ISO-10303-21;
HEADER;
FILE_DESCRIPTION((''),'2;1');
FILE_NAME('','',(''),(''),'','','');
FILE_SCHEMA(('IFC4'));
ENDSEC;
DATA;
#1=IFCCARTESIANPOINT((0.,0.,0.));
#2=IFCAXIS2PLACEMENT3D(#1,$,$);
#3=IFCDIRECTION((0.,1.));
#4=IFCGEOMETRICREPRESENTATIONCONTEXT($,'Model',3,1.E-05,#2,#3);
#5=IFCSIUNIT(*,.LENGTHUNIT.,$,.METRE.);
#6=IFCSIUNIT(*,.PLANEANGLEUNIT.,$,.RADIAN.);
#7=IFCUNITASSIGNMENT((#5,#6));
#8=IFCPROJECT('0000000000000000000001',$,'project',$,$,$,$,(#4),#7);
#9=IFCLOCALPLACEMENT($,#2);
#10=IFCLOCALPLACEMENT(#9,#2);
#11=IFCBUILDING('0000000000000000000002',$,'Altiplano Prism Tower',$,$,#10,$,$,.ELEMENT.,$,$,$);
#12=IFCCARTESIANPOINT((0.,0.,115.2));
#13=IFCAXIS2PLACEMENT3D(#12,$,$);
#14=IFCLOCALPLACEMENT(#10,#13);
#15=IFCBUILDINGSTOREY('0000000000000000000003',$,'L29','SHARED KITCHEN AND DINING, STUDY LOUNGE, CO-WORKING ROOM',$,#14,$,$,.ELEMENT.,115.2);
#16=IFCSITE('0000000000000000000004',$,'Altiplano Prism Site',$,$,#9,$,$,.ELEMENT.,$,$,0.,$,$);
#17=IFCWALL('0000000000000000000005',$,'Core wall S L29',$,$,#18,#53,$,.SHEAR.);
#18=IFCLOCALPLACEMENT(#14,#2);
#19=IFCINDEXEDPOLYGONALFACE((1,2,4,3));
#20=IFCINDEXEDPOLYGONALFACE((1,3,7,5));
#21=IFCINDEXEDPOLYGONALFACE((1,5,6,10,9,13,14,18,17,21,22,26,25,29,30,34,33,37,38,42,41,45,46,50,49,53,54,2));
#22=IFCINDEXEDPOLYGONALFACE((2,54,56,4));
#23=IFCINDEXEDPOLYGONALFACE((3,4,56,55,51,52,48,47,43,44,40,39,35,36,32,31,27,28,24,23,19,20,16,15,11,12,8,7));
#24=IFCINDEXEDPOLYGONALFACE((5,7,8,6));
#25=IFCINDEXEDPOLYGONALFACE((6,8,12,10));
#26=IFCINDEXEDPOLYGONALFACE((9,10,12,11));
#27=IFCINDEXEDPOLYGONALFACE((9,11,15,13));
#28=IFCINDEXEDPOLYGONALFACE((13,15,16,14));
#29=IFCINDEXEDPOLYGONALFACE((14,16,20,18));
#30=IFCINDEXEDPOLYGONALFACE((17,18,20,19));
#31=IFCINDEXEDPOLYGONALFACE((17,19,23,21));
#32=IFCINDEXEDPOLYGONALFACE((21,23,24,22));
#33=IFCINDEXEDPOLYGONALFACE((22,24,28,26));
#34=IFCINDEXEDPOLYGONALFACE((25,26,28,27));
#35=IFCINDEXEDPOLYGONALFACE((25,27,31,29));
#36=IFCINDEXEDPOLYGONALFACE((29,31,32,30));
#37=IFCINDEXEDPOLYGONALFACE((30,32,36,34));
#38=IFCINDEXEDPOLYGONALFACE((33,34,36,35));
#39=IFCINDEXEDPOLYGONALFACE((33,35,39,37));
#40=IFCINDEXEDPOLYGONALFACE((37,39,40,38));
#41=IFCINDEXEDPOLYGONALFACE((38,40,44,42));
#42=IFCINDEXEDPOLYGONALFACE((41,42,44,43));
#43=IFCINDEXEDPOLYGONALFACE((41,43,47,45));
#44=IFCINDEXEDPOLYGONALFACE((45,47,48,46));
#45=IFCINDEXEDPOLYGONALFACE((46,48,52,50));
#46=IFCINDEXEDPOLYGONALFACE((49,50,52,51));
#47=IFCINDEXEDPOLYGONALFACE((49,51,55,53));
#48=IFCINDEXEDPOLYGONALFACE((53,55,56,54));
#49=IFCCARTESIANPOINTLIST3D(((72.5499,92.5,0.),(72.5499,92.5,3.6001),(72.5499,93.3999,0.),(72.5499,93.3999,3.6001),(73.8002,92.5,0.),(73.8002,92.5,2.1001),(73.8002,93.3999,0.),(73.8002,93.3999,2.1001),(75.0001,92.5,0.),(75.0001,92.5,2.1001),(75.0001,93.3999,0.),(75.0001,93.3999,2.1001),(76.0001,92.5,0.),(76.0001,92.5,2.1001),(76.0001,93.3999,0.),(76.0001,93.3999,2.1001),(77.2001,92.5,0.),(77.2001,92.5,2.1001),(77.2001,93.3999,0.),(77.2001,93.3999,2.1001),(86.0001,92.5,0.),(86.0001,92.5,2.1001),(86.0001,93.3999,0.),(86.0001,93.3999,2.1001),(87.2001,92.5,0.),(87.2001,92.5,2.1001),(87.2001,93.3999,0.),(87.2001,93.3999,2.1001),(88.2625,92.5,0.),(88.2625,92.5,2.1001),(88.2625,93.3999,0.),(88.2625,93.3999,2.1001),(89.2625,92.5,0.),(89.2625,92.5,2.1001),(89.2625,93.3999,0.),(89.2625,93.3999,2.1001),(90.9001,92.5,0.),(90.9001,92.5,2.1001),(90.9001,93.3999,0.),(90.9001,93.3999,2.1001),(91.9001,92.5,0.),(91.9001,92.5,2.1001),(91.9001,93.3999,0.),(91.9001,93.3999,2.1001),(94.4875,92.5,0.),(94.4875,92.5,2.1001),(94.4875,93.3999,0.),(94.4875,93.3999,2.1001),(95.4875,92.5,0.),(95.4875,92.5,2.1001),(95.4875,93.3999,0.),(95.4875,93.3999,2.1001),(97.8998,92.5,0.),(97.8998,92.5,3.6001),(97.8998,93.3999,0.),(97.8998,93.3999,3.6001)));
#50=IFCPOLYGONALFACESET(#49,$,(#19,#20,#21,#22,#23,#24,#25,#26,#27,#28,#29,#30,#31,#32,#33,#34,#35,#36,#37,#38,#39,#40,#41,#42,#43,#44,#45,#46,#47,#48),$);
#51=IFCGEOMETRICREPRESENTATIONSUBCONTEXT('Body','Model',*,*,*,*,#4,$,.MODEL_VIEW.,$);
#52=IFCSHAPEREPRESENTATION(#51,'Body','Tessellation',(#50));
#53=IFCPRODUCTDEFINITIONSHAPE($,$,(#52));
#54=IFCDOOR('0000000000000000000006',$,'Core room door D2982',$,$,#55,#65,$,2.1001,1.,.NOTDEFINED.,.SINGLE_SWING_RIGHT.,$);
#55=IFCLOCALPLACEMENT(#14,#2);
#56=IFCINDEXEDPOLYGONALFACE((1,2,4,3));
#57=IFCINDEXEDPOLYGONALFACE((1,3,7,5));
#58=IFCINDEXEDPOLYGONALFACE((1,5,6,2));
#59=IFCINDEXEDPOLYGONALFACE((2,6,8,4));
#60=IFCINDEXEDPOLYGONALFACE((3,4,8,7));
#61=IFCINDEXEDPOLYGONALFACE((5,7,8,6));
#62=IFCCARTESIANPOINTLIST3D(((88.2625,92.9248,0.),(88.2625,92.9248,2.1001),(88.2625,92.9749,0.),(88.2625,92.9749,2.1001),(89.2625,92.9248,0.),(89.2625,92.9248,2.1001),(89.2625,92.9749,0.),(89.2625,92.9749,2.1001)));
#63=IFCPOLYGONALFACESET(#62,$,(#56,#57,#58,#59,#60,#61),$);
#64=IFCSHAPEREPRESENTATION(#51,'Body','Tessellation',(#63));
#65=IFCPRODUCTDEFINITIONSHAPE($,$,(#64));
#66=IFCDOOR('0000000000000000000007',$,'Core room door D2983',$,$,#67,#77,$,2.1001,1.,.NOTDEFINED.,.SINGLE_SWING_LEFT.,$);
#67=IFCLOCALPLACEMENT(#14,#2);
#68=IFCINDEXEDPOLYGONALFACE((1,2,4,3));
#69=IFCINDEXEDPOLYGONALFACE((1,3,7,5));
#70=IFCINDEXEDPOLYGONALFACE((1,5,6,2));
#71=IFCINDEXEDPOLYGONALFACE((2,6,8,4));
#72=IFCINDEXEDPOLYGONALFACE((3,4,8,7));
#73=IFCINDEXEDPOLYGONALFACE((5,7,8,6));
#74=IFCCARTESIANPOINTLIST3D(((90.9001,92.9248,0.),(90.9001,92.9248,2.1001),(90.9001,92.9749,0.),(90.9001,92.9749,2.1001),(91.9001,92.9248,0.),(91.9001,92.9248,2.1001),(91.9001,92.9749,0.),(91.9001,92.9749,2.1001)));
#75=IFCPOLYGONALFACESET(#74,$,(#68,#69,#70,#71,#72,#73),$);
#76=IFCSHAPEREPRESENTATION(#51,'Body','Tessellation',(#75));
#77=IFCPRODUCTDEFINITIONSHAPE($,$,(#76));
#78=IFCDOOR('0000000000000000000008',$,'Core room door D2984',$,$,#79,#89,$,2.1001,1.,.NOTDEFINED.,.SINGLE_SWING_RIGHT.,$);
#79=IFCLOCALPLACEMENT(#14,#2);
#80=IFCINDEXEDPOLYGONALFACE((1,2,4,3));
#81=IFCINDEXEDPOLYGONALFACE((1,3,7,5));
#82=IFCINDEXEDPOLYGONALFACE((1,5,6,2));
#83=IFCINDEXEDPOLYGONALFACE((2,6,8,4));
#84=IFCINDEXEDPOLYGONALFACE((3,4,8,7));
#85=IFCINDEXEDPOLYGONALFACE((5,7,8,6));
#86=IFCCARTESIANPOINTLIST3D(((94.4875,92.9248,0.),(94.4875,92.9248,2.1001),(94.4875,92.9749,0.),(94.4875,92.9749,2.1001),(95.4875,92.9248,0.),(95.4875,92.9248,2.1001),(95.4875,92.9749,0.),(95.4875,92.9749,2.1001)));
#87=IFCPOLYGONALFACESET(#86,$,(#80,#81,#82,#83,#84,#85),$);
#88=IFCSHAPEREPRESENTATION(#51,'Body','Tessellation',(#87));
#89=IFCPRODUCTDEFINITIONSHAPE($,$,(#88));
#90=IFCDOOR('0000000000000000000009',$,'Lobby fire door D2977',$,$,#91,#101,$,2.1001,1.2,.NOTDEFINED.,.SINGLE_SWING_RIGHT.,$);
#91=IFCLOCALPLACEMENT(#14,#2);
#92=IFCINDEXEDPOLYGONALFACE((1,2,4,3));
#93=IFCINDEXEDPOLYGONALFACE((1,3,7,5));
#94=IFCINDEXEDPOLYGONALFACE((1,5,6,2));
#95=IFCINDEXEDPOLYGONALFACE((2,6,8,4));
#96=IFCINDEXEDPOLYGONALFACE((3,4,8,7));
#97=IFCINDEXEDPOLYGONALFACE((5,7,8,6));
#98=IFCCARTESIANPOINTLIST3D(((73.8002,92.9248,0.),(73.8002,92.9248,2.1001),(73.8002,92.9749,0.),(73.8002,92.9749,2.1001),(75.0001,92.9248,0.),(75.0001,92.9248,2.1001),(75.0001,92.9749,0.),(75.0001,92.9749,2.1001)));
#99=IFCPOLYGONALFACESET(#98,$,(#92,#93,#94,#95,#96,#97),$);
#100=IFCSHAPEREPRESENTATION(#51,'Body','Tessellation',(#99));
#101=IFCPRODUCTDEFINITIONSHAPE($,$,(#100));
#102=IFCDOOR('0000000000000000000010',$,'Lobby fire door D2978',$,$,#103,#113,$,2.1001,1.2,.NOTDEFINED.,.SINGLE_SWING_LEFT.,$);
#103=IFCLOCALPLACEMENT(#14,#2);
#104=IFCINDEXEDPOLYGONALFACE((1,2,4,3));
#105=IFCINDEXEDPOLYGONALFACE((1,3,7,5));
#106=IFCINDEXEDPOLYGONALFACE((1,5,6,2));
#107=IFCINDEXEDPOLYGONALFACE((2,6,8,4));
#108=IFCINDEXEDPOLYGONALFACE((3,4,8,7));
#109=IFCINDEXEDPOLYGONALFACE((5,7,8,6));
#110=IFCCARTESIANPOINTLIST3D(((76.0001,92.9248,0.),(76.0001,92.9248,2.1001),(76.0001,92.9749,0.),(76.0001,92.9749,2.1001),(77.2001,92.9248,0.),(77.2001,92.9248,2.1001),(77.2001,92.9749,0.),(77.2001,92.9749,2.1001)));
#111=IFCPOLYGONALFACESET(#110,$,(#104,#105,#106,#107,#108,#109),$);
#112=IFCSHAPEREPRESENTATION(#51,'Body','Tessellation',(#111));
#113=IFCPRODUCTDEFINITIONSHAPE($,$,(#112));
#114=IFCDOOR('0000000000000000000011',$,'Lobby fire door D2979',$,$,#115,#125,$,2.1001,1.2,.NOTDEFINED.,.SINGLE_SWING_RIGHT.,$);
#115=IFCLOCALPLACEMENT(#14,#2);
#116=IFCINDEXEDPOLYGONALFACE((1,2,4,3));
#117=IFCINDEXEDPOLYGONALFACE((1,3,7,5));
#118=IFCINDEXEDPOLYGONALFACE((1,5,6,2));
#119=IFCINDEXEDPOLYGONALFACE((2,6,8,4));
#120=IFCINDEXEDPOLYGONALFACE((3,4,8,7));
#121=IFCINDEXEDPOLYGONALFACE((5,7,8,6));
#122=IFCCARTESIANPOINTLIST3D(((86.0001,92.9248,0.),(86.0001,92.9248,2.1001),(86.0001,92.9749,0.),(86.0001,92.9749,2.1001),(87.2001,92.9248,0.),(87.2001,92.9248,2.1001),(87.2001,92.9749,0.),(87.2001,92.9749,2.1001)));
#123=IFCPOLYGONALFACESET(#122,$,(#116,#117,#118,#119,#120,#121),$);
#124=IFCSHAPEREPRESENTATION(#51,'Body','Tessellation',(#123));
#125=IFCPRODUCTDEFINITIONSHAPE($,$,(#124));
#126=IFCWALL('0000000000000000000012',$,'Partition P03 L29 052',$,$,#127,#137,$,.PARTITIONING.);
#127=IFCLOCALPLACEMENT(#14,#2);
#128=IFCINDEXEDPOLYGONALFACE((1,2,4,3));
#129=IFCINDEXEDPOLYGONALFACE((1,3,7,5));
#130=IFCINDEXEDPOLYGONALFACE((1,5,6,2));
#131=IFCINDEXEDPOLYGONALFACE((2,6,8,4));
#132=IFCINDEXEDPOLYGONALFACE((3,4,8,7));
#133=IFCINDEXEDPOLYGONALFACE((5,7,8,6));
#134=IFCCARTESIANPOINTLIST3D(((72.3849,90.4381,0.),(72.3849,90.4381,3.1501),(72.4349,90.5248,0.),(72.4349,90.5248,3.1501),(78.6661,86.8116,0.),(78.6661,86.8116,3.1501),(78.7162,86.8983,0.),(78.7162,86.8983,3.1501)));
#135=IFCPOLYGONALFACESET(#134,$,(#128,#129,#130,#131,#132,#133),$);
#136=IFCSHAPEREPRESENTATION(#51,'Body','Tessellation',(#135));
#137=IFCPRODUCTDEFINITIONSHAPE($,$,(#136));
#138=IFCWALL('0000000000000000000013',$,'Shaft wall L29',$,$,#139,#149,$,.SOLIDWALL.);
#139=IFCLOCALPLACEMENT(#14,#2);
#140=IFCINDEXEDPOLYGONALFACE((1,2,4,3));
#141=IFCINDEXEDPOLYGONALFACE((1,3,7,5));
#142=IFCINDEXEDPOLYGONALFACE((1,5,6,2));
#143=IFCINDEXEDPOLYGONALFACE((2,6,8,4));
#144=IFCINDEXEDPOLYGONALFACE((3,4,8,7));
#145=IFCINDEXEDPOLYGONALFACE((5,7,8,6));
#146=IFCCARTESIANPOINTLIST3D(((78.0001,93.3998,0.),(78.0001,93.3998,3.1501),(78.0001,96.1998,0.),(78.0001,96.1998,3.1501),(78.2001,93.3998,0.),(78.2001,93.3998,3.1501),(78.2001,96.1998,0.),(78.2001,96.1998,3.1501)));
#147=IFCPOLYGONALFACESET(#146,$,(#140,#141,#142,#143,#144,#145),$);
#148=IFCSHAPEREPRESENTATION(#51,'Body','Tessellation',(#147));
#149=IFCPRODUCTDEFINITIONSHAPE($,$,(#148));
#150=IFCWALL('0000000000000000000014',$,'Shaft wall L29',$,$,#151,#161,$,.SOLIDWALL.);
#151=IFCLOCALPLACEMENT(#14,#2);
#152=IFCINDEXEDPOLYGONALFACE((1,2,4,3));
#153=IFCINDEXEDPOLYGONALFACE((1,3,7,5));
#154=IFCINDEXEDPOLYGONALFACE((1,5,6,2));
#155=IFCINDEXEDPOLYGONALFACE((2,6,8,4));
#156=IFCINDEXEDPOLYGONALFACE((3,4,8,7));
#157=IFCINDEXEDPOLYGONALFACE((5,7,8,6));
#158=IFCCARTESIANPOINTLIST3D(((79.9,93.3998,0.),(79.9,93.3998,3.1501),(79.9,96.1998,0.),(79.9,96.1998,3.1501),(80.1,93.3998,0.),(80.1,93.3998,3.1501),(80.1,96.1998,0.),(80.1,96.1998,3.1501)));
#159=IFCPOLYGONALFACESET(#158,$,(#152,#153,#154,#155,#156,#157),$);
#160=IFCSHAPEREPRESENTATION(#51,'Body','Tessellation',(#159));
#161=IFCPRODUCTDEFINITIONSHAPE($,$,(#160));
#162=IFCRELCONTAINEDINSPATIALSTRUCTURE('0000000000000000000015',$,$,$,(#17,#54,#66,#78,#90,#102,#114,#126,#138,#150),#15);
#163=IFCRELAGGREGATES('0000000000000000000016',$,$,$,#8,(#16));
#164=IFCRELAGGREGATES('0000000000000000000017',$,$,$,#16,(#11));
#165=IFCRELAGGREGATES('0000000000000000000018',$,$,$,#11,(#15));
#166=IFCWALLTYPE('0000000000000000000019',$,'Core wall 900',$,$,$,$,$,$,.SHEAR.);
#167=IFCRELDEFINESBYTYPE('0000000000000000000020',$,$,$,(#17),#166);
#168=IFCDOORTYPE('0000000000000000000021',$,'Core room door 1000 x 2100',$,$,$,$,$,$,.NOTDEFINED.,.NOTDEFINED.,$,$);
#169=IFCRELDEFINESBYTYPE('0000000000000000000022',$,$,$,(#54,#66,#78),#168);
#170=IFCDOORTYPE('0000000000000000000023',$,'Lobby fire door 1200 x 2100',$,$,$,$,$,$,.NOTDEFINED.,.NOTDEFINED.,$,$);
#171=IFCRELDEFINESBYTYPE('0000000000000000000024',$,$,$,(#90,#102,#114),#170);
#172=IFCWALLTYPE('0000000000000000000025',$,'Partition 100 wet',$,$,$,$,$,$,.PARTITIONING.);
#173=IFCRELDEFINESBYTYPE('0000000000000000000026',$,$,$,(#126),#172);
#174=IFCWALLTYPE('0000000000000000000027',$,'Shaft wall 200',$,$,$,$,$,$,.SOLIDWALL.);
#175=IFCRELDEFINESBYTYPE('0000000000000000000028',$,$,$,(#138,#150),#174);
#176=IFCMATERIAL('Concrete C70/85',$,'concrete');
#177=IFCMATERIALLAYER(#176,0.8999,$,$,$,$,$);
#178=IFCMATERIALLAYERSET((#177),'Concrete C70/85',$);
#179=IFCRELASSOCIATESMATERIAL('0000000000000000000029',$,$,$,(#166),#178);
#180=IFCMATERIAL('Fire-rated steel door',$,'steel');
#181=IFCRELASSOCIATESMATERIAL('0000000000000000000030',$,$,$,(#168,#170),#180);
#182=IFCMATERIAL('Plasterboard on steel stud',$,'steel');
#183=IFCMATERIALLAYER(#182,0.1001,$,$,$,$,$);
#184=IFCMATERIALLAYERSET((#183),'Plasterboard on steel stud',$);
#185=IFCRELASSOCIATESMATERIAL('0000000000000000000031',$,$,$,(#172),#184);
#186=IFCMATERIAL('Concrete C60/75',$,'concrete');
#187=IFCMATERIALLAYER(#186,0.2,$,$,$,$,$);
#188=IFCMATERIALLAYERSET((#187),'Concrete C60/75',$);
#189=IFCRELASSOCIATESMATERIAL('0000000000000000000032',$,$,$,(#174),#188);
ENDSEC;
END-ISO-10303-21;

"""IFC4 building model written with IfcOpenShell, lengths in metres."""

from ifc_helpers import new_model, si_unit, direction, frame, frame_2d, origin, place, context, subcontext, project, spatial, rectangle, extrude, material, layer, layer_set, type_object, element, fill, save


model = new_model("IFC4")

# Units and contexts
model_context = context("Model", 3, precision=1e-05, world=origin(), true_north=direction((0.0, 1.0)))
body_context = subcontext(model_context, "Body", "Model", "MODEL_VIEW")
ifc_project = project(units=[si_unit("LENGTHUNIT", "METRE"), si_unit("PLANEANGLEUNIT", "RADIAN")], contexts=[model_context])

# Site, building, storey
site_placement = place(None, origin())
site = spatial("IfcSite", under=ifc_project, at=site_placement, Name="Altiplano Prism Site", CompositionType="ELEMENT", RefElevation=0.0)
building_placement = place(site_placement, origin())
building = spatial("IfcBuilding", under=site, at=building_placement, Name="Altiplano Prism Tower", CompositionType="ELEMENT")
storey_placement = place(building_placement, frame((0.0, 0.0, 115.2)))
storey = spatial("IfcBuildingStorey", under=building, at=storey_placement, Name="L29", Description="SHARED KITCHEN AND DINING, STUDY LOUNGE, CO-WORKING ROOM", CompositionType="ELEMENT", Elevation=115.2)

# Wall, openings, doors
ifc_material_1 = material(Name="Concrete C70/85", Category="concrete")
ifc_layer_1 = layer(ifc_material_1, 0.8999)
ifc_layer_set_1 = layer_set([ifc_layer_1], Name="Concrete C70/85")
wall_type_1 = type_object("IfcWallType", Name="Core wall 900", PredefinedType="SHEAR", material=ifc_layer_set_1)
wall_1_placement = place(storey_placement, frame((72.55, 92.95, 0.0), z_axis=(0.0, 0.0, 1.0), x_axis=(1.0, 0.0, 0.0)))
wall_1 = element("IfcWall", 1, at=wall_1_placement, inside=storey, type_object=wall_type_1, Name="Core wall S L29", PredefinedType="SHEAR", context=body_context, shape_type="SweptSolid", body=[
    extrude(rectangle(XDim=25.3499, YDim=0.8999, at=frame_2d((12.6748, 0.0))), origin(), (0.0, 0.0, 1.0), 3.6001),
])
opening_1_placement = place(wall_1_placement, frame((1.25, 0.0, 0.0)))
opening_1 = element("IfcOpeningElement", 2, at=opening_1_placement, cuts=wall_1, PredefinedType="OPENING", context=body_context, shape_type="SweptSolid", body=[
    extrude(rectangle(XDim=1.2, YDim=2.1001, at=frame_2d((0.6001, 1.05))), frame((0.0, 0.4604, 0.0), z_axis=(0.0, -1.0, 0.0), x_axis=(1.0, 0.0, 0.0)), (0.0, 0.0, 1.0), 0.9209),
])
opening_2_placement = place(wall_1_placement, frame((3.45, 0.0, 0.0)))
opening_2 = element("IfcOpeningElement", 3, at=opening_2_placement, cuts=wall_1, PredefinedType="OPENING", context=body_context, shape_type="SweptSolid", body=[
    extrude(rectangle(XDim=1.2, YDim=2.1001, at=frame_2d((0.6001, 1.05))), frame((0.0, 0.4604, 0.0), z_axis=(0.0, -1.0, 0.0), x_axis=(1.0, 0.0, 0.0)), (0.0, 0.0, 1.0), 0.9209),
])
opening_3_placement = place(wall_1_placement, frame((13.45, 0.0, 0.0)))
opening_3 = element("IfcOpeningElement", 4, at=opening_3_placement, cuts=wall_1, PredefinedType="OPENING", context=body_context, shape_type="SweptSolid", body=[
    extrude(rectangle(XDim=1.2, YDim=2.1001, at=frame_2d((0.6001, 1.05))), frame((0.0, 0.4604, 0.0), z_axis=(0.0, -1.0, 0.0), x_axis=(1.0, 0.0, 0.0)), (0.0, 0.0, 1.0), 0.9209),
])
opening_4_placement = place(wall_1_placement, frame((15.7124, 0.0, 0.0)))
opening_4 = element("IfcOpeningElement", 5, at=opening_4_placement, cuts=wall_1, PredefinedType="OPENING", context=body_context, shape_type="SweptSolid", body=[
    extrude(rectangle(XDim=1.0, YDim=2.1001, at=frame_2d((0.5, 1.05))), frame((0.0, 0.4604, 0.0), z_axis=(0.0, -1.0, 0.0), x_axis=(1.0, 0.0, 0.0)), (0.0, 0.0, 1.0), 0.9209),
])
opening_5_placement = place(wall_1_placement, frame((18.3501, 0.0, 0.0)))
opening_5 = element("IfcOpeningElement", 6, at=opening_5_placement, cuts=wall_1, PredefinedType="OPENING", context=body_context, shape_type="SweptSolid", body=[
    extrude(rectangle(XDim=1.0, YDim=2.1001, at=frame_2d((0.5, 1.05))), frame((0.0, 0.4604, 0.0), z_axis=(0.0, -1.0, 0.0), x_axis=(1.0, 0.0, 0.0)), (0.0, 0.0, 1.0), 0.9209),
])
opening_6_placement = place(wall_1_placement, frame((21.9375, 0.0, 0.0)))
opening_6 = element("IfcOpeningElement", 7, at=opening_6_placement, cuts=wall_1, PredefinedType="OPENING", context=body_context, shape_type="SweptSolid", body=[
    extrude(rectangle(XDim=1.0, YDim=2.1001, at=frame_2d((0.5, 1.05))), frame((0.0, 0.4604, 0.0), z_axis=(0.0, -1.0, 0.0), x_axis=(1.0, 0.0, 0.0)), (0.0, 0.0, 1.0), 0.9209),
])
ifc_material_2 = material(Name="Fire-rated steel door", Category="steel")
door_type_1 = type_object("IfcDoorType", Name="Core room door 1000 x 2100", OperationType="NOTDEFINED", PredefinedType="NOTDEFINED", material=ifc_material_2)
door_1_placement = place(opening_4_placement, origin())
door_1 = element("IfcDoor", 8, at=door_1_placement, inside=storey, type_object=door_type_1, Name="Core room door D2982", OperationType="SINGLE_SWING_RIGHT", OverallHeight=2.1001, OverallWidth=1.0, PredefinedType="NOTDEFINED", context=body_context, shape_type="SweptSolid", body=[
    extrude(rectangle(XDim=1.0, YDim=2.1001, at=frame_2d((0.5, 1.05))), frame((0.0, 0.0249, 0.0), z_axis=(0.0, -1.0, 0.0), x_axis=(1.0, 0.0, 0.0)), (0.0, 0.0, 1.0), 0.05),
])
fill(opening_4, door_1)
door_2_placement = place(opening_5_placement, origin())
door_2 = element("IfcDoor", 9, at=door_2_placement, inside=storey, type_object=door_type_1, Name="Core room door D2983", OperationType="SINGLE_SWING_LEFT", OverallHeight=2.1001, OverallWidth=1.0, PredefinedType="NOTDEFINED", context=body_context, shape_type="SweptSolid", body=[
    extrude(rectangle(XDim=1.0, YDim=2.1001, at=frame_2d((0.5, 1.05))), frame((0.0, 0.0249, 0.0), z_axis=(0.0, -1.0, 0.0), x_axis=(1.0, 0.0, 0.0)), (0.0, 0.0, 1.0), 0.05),
])
fill(opening_5, door_2)
door_3_placement = place(opening_6_placement, origin())
door_3 = element("IfcDoor", 10, at=door_3_placement, inside=storey, type_object=door_type_1, Name="Core room door D2984", OperationType="SINGLE_SWING_RIGHT", OverallHeight=2.1001, OverallWidth=1.0, PredefinedType="NOTDEFINED", context=body_context, shape_type="SweptSolid", body=[
    extrude(rectangle(XDim=1.0, YDim=2.1001, at=frame_2d((0.5, 1.05))), frame((0.0, 0.0249, 0.0), z_axis=(0.0, -1.0, 0.0), x_axis=(1.0, 0.0, 0.0)), (0.0, 0.0, 1.0), 0.05),
])
fill(opening_6, door_3)
door_type_2 = type_object("IfcDoorType", Name="Lobby fire door 1200 x 2100", OperationType="NOTDEFINED", PredefinedType="NOTDEFINED", material=ifc_material_2)
door_4_placement = place(opening_1_placement, origin())
door_4 = element("IfcDoor", 11, at=door_4_placement, inside=storey, type_object=door_type_2, Name="Lobby fire door D2977", OperationType="SINGLE_SWING_RIGHT", OverallHeight=2.1001, OverallWidth=1.2, PredefinedType="NOTDEFINED", context=body_context, shape_type="SweptSolid", body=[
    extrude(rectangle(XDim=1.2, YDim=2.1001, at=frame_2d((0.6001, 1.05))), frame((0.0, 0.0249, 0.0), z_axis=(0.0, -1.0, 0.0), x_axis=(1.0, 0.0, 0.0)), (0.0, 0.0, 1.0), 0.05),
])
fill(opening_1, door_4)
door_5_placement = place(opening_2_placement, origin())
door_5 = element("IfcDoor", 12, at=door_5_placement, inside=storey, type_object=door_type_2, Name="Lobby fire door D2978", OperationType="SINGLE_SWING_LEFT", OverallHeight=2.1001, OverallWidth=1.2, PredefinedType="NOTDEFINED", context=body_context, shape_type="SweptSolid", body=[
    extrude(rectangle(XDim=1.2, YDim=2.1001, at=frame_2d((0.6001, 1.05))), frame((0.0, 0.0249, 0.0), z_axis=(0.0, -1.0, 0.0), x_axis=(1.0, 0.0, 0.0)), (0.0, 0.0, 1.0), 0.05),
])
fill(opening_2, door_5)
door_6_placement = place(opening_3_placement, origin())
door_6 = element("IfcDoor", 13, at=door_6_placement, inside=storey, type_object=door_type_2, Name="Lobby fire door D2979", OperationType="SINGLE_SWING_RIGHT", OverallHeight=2.1001, OverallWidth=1.2, PredefinedType="NOTDEFINED", context=body_context, shape_type="SweptSolid", body=[
    extrude(rectangle(XDim=1.2, YDim=2.1001, at=frame_2d((0.6001, 1.05))), frame((0.0, 0.0249, 0.0), z_axis=(0.0, -1.0, 0.0), x_axis=(1.0, 0.0, 0.0)), (0.0, 0.0, 1.0), 0.05),
])
fill(opening_3, door_6)

# Walls
ifc_material_3 = material(Name="Plasterboard on steel stud", Category="steel")
ifc_layer_2 = layer(ifc_material_3, 0.1001)
ifc_layer_set_2 = layer_set([ifc_layer_2], Name="Plasterboard on steel stud")
wall_type_2 = type_object("IfcWallType", Name="Partition 100 wet", PredefinedType="PARTITIONING", material=ifc_layer_set_2)
wall_2_placement = place(storey_placement, frame((72.4099, 90.4814, 0.0), z_axis=(0.0, 0.0, 1.0), x_axis=(0.866026, -0.499998, 0.0)))
element("IfcWall", 14, at=wall_2_placement, inside=storey, type_object=wall_type_2, Name="Partition P03 L29 052", PredefinedType="PARTITIONING", context=body_context, shape_type="SweptSolid", body=[
    extrude(rectangle(XDim=7.2529, YDim=0.1001, at=frame_2d((3.6265, 0.0))), origin(), (0.0, 0.0, 1.0), 3.1501),
])
ifc_material_4 = material(Name="Concrete C60/75", Category="concrete")
ifc_layer_3 = layer(ifc_material_4, 0.2)
ifc_layer_set_3 = layer_set([ifc_layer_3], Name="Concrete C60/75")
wall_type_3 = type_object("IfcWallType", Name="Shaft wall 200", PredefinedType="SOLIDWALL", material=ifc_layer_set_3)
for number, where, z_axis, x_axis, name in (
    (15, (78.1001, 93.3999, 0.0), (0.0, 0.0, 1.0), (0.0, 1.0, 0.0), "Shaft wall L29"),
    (16, (80.0, 93.3999, 0.0), (0.0, 0.0, 1.0), (0.0, 1.0, 0.0), "Shaft wall L29"),
):
    element("IfcWall", number, at=place(storey_placement, frame(where, z_axis=z_axis, x_axis=x_axis)), inside=storey, type_object=wall_type_3, Name=name, PredefinedType="SOLIDWALL", context=body_context, shape_type="SweptSolid", body=[
        extrude(rectangle(XDim=2.8, YDim=0.2, at=frame_2d((1.3999, 0.0))), origin(), (0.0, 0.0, 1.0), 3.1501),
    ])

save(model, "model.ifc")
